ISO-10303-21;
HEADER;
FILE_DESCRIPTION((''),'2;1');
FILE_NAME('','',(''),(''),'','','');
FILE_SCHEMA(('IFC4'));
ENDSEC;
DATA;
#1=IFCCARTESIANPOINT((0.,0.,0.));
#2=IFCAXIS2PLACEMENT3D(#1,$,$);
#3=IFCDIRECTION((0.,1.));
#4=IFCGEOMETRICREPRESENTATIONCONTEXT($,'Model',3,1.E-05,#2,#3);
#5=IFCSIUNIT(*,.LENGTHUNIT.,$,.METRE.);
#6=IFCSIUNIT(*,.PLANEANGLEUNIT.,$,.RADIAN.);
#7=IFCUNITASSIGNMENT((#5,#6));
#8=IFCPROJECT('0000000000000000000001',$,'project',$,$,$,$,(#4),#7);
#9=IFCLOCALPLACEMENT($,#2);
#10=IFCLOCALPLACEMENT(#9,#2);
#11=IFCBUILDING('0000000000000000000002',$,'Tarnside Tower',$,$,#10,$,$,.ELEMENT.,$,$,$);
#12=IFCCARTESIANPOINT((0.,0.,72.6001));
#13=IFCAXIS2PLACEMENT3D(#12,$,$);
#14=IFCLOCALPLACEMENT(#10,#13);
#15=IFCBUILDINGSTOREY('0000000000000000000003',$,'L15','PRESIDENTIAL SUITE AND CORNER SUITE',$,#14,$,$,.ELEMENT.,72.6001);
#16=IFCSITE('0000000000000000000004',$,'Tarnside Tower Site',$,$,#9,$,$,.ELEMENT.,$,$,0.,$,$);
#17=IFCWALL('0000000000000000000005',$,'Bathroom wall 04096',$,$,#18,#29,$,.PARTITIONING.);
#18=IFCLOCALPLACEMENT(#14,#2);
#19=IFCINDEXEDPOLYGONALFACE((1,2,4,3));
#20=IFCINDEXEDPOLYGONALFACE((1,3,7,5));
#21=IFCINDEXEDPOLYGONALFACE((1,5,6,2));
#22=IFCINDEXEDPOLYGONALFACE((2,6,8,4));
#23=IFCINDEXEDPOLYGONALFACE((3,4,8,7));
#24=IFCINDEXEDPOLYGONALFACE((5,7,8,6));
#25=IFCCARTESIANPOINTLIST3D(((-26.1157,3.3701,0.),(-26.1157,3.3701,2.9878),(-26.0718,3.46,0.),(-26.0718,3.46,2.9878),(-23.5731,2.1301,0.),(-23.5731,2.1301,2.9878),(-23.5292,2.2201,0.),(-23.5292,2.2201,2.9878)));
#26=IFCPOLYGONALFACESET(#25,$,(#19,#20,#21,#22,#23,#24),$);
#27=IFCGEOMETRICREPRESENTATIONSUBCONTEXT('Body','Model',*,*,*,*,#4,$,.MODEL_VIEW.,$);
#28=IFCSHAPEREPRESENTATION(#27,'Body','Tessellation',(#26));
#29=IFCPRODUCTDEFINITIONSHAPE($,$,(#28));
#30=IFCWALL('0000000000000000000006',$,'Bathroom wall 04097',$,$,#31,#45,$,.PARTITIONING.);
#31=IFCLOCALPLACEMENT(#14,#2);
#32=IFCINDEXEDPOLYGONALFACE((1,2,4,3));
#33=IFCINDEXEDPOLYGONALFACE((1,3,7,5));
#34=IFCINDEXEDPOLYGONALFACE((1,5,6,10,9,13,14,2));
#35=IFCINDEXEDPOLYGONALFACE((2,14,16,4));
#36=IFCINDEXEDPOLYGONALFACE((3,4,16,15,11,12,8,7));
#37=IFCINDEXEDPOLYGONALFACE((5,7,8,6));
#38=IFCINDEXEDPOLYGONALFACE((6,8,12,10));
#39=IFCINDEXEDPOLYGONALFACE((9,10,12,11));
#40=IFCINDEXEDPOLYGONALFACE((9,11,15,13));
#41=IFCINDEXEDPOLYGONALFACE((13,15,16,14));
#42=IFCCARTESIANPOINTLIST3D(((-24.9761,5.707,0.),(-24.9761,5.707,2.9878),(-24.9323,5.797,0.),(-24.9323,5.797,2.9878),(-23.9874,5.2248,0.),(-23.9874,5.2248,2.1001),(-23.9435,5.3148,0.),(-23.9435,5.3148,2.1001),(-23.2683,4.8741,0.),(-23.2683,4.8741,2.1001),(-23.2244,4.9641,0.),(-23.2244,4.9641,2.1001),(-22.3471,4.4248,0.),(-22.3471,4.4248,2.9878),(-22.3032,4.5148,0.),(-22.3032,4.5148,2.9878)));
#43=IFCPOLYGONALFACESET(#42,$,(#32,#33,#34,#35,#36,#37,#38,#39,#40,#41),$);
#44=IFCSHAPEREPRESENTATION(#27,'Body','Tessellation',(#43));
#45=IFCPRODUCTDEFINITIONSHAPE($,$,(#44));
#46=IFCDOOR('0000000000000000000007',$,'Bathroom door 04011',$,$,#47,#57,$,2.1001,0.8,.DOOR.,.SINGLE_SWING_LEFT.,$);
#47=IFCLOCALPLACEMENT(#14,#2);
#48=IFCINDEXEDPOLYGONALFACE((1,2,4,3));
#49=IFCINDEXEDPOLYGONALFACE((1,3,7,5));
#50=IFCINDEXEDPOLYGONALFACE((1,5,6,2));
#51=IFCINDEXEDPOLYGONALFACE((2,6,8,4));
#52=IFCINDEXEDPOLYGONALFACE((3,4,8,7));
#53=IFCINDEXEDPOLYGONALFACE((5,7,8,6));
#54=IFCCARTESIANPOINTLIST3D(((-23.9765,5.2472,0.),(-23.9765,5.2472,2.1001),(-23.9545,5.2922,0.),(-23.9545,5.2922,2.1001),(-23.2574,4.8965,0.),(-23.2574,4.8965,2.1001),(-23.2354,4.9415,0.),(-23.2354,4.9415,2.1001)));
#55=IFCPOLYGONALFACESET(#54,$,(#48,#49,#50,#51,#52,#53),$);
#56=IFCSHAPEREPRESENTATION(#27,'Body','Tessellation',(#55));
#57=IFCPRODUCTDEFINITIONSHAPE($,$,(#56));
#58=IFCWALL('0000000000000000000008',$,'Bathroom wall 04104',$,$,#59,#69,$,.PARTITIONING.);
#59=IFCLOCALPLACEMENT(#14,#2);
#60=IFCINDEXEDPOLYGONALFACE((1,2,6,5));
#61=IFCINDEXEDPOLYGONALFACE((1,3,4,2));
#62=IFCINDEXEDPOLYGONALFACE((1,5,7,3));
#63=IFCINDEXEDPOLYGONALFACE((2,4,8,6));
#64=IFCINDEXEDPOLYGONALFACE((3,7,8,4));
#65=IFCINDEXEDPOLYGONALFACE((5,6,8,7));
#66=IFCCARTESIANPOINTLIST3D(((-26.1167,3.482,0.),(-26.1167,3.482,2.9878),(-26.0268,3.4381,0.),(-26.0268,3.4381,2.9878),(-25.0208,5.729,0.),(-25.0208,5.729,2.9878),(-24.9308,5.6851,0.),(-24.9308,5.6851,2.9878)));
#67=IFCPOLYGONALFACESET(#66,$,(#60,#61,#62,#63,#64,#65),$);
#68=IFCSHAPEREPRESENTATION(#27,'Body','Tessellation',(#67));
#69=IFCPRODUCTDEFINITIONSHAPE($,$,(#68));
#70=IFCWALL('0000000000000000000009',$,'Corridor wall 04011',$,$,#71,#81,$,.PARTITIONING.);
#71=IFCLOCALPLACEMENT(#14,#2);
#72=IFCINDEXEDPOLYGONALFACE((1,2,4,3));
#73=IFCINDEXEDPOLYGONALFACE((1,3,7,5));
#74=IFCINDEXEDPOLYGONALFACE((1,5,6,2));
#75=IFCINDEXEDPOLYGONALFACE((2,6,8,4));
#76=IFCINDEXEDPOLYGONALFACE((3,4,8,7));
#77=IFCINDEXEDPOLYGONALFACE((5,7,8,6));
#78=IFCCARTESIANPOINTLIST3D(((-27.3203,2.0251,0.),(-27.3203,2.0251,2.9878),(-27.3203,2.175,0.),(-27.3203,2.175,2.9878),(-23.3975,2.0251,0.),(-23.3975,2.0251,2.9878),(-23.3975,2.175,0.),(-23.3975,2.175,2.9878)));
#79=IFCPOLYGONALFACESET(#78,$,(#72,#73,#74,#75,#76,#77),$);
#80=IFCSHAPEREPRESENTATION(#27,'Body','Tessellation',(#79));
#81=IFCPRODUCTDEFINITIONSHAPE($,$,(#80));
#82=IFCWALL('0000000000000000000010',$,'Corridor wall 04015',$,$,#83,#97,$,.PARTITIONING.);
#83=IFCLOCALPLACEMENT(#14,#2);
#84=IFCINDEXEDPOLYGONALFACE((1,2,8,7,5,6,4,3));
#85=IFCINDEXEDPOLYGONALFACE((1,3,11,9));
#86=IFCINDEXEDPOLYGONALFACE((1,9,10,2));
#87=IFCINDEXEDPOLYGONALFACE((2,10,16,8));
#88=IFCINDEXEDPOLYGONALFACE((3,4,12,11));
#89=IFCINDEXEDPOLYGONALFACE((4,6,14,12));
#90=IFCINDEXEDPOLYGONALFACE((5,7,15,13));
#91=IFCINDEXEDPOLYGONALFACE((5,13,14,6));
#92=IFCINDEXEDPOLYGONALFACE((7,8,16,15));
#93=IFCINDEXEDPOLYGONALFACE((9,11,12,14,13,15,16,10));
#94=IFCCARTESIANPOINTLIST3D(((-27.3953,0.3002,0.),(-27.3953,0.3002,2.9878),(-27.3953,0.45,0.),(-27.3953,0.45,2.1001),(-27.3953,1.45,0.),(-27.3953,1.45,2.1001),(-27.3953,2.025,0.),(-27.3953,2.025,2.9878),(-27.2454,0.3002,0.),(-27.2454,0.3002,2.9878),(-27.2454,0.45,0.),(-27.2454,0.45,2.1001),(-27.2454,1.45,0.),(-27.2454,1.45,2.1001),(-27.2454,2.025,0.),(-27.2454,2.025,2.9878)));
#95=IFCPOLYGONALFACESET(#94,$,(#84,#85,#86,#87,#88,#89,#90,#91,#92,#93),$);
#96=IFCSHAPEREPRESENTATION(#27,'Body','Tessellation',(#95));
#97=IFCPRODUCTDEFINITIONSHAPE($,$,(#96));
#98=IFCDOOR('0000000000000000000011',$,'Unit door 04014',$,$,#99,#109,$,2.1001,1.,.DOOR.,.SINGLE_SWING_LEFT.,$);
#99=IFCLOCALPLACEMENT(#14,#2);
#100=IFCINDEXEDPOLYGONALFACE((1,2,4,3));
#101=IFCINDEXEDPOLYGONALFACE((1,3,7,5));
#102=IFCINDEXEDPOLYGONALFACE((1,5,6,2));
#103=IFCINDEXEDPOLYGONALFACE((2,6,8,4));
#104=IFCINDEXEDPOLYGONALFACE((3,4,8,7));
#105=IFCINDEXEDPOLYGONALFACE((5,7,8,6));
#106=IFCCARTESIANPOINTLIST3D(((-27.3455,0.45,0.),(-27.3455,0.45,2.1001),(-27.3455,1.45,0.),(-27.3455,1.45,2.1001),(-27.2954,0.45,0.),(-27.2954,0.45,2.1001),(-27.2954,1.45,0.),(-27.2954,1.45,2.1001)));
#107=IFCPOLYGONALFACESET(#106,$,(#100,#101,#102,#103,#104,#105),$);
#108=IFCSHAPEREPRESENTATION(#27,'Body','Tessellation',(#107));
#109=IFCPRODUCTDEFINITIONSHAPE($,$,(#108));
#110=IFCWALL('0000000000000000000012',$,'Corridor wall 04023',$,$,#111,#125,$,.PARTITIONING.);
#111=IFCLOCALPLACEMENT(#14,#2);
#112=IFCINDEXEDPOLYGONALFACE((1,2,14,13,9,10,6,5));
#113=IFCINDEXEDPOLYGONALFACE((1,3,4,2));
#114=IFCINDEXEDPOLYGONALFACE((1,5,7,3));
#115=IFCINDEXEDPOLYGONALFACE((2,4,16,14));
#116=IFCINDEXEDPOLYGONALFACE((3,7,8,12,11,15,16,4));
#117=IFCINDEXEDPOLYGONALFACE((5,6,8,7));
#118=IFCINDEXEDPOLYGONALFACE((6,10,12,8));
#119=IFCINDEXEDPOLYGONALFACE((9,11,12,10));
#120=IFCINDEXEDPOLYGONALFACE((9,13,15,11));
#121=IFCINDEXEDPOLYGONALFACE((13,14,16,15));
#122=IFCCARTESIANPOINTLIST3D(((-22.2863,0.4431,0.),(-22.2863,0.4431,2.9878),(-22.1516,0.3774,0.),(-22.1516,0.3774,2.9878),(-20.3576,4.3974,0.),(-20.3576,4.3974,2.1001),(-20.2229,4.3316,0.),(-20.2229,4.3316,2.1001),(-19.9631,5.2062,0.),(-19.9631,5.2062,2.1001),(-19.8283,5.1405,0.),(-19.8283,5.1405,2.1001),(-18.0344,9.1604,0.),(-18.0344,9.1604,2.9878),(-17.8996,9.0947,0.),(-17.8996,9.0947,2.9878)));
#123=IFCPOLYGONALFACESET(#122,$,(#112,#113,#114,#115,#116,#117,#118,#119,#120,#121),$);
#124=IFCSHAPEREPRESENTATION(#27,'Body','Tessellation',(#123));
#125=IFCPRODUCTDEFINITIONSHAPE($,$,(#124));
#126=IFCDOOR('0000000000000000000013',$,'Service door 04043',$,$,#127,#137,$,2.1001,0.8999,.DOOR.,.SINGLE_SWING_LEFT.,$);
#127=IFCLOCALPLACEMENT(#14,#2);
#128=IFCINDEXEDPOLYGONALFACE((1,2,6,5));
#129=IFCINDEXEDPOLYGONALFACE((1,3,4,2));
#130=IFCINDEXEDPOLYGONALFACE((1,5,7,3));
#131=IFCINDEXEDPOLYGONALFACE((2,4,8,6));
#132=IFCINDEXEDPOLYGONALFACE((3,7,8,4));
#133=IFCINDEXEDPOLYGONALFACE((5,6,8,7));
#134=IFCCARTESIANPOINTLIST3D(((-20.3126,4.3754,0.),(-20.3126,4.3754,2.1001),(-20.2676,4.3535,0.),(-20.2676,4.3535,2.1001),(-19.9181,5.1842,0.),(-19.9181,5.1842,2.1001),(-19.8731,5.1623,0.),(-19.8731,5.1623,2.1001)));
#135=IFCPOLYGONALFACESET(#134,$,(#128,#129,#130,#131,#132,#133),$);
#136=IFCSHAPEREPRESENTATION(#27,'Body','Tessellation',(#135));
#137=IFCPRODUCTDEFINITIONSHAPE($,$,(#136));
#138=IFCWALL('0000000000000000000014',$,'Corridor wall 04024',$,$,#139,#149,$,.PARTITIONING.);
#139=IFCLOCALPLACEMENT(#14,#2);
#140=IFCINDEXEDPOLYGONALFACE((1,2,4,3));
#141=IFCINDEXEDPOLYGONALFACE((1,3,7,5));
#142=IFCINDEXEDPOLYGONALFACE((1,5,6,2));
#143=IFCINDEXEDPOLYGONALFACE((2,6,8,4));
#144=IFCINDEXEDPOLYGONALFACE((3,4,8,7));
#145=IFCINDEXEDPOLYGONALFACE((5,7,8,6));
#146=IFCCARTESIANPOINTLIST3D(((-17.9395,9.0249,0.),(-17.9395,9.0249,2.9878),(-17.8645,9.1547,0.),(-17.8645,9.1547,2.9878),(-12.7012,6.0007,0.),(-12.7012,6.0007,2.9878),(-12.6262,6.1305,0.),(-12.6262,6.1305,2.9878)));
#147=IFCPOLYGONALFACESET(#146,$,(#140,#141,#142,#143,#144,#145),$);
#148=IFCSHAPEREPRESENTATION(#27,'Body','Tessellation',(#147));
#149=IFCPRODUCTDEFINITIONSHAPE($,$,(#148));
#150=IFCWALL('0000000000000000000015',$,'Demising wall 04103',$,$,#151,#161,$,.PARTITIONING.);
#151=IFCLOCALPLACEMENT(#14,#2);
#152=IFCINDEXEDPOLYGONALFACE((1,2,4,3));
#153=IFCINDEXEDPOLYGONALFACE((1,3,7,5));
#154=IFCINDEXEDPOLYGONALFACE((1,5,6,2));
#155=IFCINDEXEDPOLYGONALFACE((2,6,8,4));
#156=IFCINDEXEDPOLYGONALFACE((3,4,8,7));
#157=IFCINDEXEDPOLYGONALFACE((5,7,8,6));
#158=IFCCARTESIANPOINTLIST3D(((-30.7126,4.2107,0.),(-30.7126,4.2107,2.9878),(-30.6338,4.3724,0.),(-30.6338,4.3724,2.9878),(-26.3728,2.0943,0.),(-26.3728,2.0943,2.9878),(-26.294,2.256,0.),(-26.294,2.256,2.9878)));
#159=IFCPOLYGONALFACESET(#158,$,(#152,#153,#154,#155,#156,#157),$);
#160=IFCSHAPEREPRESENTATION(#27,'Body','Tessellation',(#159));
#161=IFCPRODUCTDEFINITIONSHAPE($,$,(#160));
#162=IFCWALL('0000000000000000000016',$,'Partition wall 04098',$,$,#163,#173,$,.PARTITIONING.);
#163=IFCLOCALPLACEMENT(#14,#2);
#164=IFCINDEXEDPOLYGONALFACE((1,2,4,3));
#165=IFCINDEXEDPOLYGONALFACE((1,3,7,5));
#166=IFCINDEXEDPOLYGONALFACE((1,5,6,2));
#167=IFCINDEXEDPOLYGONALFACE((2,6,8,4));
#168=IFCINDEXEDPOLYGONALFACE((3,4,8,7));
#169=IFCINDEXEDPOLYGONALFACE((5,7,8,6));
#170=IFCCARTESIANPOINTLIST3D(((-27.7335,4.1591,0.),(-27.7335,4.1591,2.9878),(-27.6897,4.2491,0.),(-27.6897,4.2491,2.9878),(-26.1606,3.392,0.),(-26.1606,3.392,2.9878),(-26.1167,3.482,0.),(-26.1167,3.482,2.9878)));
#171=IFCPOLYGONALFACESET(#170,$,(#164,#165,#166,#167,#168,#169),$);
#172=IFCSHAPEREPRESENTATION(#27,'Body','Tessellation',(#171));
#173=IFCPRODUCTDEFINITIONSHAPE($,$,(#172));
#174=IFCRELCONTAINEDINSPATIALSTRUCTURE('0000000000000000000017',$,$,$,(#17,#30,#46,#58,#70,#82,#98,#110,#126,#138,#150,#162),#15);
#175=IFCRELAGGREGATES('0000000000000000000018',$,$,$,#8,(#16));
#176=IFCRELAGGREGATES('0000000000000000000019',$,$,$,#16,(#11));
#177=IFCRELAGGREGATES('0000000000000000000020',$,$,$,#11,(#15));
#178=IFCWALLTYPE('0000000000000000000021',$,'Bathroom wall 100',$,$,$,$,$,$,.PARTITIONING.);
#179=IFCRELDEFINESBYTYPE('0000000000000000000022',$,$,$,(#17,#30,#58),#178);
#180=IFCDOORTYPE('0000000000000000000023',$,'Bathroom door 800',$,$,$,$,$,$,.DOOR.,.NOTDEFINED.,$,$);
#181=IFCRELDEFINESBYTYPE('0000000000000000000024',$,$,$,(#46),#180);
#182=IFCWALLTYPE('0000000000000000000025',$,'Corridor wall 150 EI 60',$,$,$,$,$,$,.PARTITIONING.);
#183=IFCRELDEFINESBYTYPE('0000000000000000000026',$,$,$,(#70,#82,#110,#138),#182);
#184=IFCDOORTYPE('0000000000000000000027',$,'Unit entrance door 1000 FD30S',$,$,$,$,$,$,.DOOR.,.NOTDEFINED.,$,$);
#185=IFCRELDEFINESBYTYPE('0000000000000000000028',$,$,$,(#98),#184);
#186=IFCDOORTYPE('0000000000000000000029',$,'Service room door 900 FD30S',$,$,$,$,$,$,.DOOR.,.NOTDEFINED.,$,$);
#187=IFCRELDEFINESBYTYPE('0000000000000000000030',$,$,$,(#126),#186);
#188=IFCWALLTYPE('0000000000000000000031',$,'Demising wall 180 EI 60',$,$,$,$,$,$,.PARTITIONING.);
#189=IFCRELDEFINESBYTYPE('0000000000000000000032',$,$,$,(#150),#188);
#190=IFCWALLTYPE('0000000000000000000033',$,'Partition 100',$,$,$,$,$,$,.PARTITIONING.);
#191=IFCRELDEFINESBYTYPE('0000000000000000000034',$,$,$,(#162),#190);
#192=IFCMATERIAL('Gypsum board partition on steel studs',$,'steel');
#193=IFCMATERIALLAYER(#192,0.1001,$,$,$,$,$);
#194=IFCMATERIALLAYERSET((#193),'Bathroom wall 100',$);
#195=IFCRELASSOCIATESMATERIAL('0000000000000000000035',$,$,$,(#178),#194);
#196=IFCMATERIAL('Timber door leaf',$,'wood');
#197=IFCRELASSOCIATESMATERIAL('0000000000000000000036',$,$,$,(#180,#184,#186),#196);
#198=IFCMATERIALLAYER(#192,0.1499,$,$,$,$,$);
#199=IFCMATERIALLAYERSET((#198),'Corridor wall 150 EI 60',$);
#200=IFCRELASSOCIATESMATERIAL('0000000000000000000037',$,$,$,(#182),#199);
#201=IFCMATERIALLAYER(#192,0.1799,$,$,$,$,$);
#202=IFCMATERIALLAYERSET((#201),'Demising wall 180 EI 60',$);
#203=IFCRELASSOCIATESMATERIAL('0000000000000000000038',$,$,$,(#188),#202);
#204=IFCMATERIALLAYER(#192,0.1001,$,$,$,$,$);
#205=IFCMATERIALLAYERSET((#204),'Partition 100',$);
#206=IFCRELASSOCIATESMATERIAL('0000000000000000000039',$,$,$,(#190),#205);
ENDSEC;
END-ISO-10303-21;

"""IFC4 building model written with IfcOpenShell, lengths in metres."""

from ifc_helpers import new_model, si_unit, direction, frame, frame_2d, origin, place, context, subcontext, project, spatial, rectangle, extrude, material, layer, layer_set, type_object, element, fill, save


model = new_model("IFC4")

# Units and contexts
model_context = context("Model", 3, precision=1e-05, world=origin(), true_north=direction((0.0, 1.0)))
body_context = subcontext(model_context, "Body", "Model", "MODEL_VIEW")
ifc_project = project(units=[si_unit("LENGTHUNIT", "METRE"), si_unit("PLANEANGLEUNIT", "RADIAN")], contexts=[model_context])

# Site, building, storey
site_placement = place(None, origin())
site = spatial("IfcSite", under=ifc_project, at=site_placement, Name="Tarnside Tower Site", CompositionType="ELEMENT", RefElevation=0.0)
building_placement = place(site_placement, origin())
building = spatial("IfcBuilding", under=site, at=building_placement, Name="Tarnside Tower", CompositionType="ELEMENT")
storey_placement = place(building_placement, frame((0.0, 0.0, 72.6001)))
storey = spatial("IfcBuildingStorey", under=building, at=storey_placement, Name="L15", Description="PRESIDENTIAL SUITE AND CORNER SUITE", CompositionType="ELEMENT", Elevation=72.6001)

# Wall
ifc_material_1 = material(Name="Gypsum board partition on steel studs", Category="steel")
ifc_layer_1 = layer(ifc_material_1, 0.1001)
ifc_layer_set_1 = layer_set([ifc_layer_1], Name="Bathroom wall 100")
wall_type_1 = type_object("IfcWallType", Name="Bathroom wall 100", PredefinedType="PARTITIONING", material=ifc_layer_set_1)
wall_1_placement = place(storey_placement, frame((-23.551, 2.175, 0.0), z_axis=(0.0, 0.0, 1.0), x_axis=(-0.898819, 0.43832, 0.0)))
element("IfcWall", 1, at=wall_1_placement, inside=storey, type_object=wall_type_1, Name="Bathroom wall 04096", PredefinedType="PARTITIONING", context=body_context, shape_type="SweptSolid", body=[
    extrude(rectangle(XDim=2.8289, YDim=0.1001, at=frame_2d((1.4146, 0.0))), origin(), (0.0, 0.0, 1.0), 2.9878),
])

# Wall, opening, door
wall_2_placement = place(storey_placement, frame((-24.9541, 5.752, 0.0), z_axis=(0.0, 0.0, 1.0), x_axis=(0.898807, -0.438345, 0.0)))
wall_2 = element("IfcWall", 2, at=wall_2_placement, inside=storey, type_object=wall_type_1, Name="Bathroom wall 04097", PredefinedType="PARTITIONING", context=body_context, shape_type="SweptSolid", body=[
    extrude(rectangle(XDim=2.925, YDim=0.1001, at=frame_2d((1.4624, 0.0))), origin(), (0.0, 0.0, 1.0), 2.9878),
])
opening_1_placement = place(wall_2_placement, frame((1.1001, 0.0, 0.0)))
opening_1 = element("IfcOpeningElement", 3, at=opening_1_placement, cuts=wall_2, PredefinedType="OPENING", context=body_context, shape_type="SweptSolid", body=[
    extrude(rectangle(XDim=0.8, YDim=2.1001, at=frame_2d((0.3999, 1.05))), frame((0.0, 0.0601, 0.0), z_axis=(0.0, -1.0, 0.0), x_axis=(1.0, 0.0, 0.0)), (0.0, 0.0, 1.0), 0.1201),
])
ifc_material_2 = material(Name="Timber door leaf", Category="wood")
door_type_1 = type_object("IfcDoorType", Name="Bathroom door 800", OperationType="NOTDEFINED", PredefinedType="DOOR", material=ifc_material_2)
door_1_placement = place(opening_1_placement, origin())
door_1 = element("IfcDoor", 4, at=door_1_placement, inside=storey, type_object=door_type_1, Name="Bathroom door 04011", OperationType="SINGLE_SWING_LEFT", OverallHeight=2.1001, OverallWidth=0.8, PredefinedType="DOOR", context=body_context, shape_type="SweptSolid", body=[
    extrude(rectangle(XDim=0.8, YDim=2.1001, at=frame_2d((0.3999, 1.05))), frame((0.0, 0.0249, 0.0), z_axis=(0.0, -1.0, 0.0), x_axis=(1.0, 0.0, 0.0)), (0.0, 0.0, 1.0), 0.05),
])
fill(opening_1, door_1)

# Walls
wall_3_placement = place(storey_placement, frame((-24.9758, 5.707, 0.0), z_axis=(0.0, 0.0, 1.0), x_axis=(-0.438364, -0.898798, 0.0)))
element("IfcWall", 5, at=wall_3_placement, inside=storey, type_object=wall_type_1, Name="Bathroom wall 04104", PredefinedType="PARTITIONING", context=body_context, shape_type="SweptSolid", body=[
    extrude(rectangle(XDim=2.5, YDim=0.1001, at=frame_2d((1.25, 0.0))), origin(), (0.0, 0.0, 1.0), 2.9878),
])
ifc_layer_2 = layer(ifc_material_1, 0.1499)
ifc_layer_set_2 = layer_set([ifc_layer_2], Name="Corridor wall 150 EI 60")
wall_type_2 = type_object("IfcWallType", Name="Corridor wall 150 EI 60", PredefinedType="PARTITIONING", material=ifc_layer_set_2)
wall_4_placement = place(storey_placement, frame((-23.3975, 2.1001, 0.0), z_axis=(0.0, 0.0, 1.0), x_axis=(-1.0, 0.0, 0.0)))
element("IfcWall", 6, at=wall_4_placement, inside=storey, type_object=wall_type_2, Name="Corridor wall 04011", PredefinedType="PARTITIONING", context=body_context, shape_type="SweptSolid", body=[
    extrude(rectangle(XDim=3.9229, YDim=0.1499, at=frame_2d((1.9614, 0.0))), origin(), (0.0, 0.0, 1.0), 2.9878),
])

# Walls, openings, doors
wall_5_placement = place(storey_placement, frame((-27.3203, 2.0249, 0.0), z_axis=(0.0, 0.0, 1.0), x_axis=(0.0, -1.0, 0.0)))
wall_5 = element("IfcWall", 7, at=wall_5_placement, inside=storey, type_object=wall_type_2, Name="Corridor wall 04015", PredefinedType="PARTITIONING", context=body_context, shape_type="SweptSolid", body=[
    extrude(rectangle(XDim=1.7249, YDim=0.1499, at=frame_2d((0.8623, 0.0))), origin(), (0.0, 0.0, 1.0), 2.9878),
])
opening_2_placement = place(wall_5_placement, frame((0.575, 0.0, 0.0)))
opening_2 = element("IfcOpeningElement", 8, at=opening_2_placement, cuts=wall_5, PredefinedType="OPENING", context=body_context, shape_type="SweptSolid", body=[
    extrude(rectangle(XDim=1.0, YDim=2.1001, at=frame_2d((0.5, 1.05))), frame((0.0, 0.085, 0.0), z_axis=(0.0, -1.0, 0.0), x_axis=(1.0, 0.0, 0.0)), (0.0, 0.0, 1.0), 0.1699),
])
door_type_2 = type_object("IfcDoorType", Name="Unit entrance door 1000 FD30S", OperationType="NOTDEFINED", PredefinedType="DOOR", material=ifc_material_2)
door_2_placement = place(opening_2_placement, origin())
door_2 = element("IfcDoor", 9, at=door_2_placement, inside=storey, type_object=door_type_2, Name="Unit door 04014", OperationType="SINGLE_SWING_LEFT", OverallHeight=2.1001, OverallWidth=1.0, PredefinedType="DOOR", context=body_context, shape_type="SweptSolid", body=[
    extrude(rectangle(XDim=1.0, YDim=2.1001, at=frame_2d((0.5, 1.05))), frame((0.0, 0.0249, 0.0), z_axis=(0.0, -1.0, 0.0), x_axis=(1.0, 0.0, 0.0)), (0.0, 0.0, 1.0), 0.05),
])
fill(opening_2, door_2)
wall_6_placement = place(storey_placement, frame((-22.219, 0.4102, 0.0), z_axis=(0.0, 0.0, 1.0), x_axis=(0.438392, 0.898784, 0.0)))
wall_6 = element("IfcWall", 10, at=wall_6_placement, inside=storey, type_object=wall_type_2, Name="Corridor wall 04023", PredefinedType="PARTITIONING", context=body_context, shape_type="SweptSolid", body=[
    extrude(rectangle(XDim=9.699, YDim=0.1499, at=frame_2d((4.8496, 0.0))), origin(), (0.0, 0.0, 1.0), 2.9878),
])
opening_3_placement = place(wall_6_placement, frame((4.3997, 0.0, 0.0)))
opening_3 = element("IfcOpeningElement", 11, at=opening_3_placement, cuts=wall_6, PredefinedType="OPENING", context=body_context, shape_type="SweptSolid", body=[
    extrude(rectangle(XDim=0.8999, YDim=2.1001, at=frame_2d((0.45, 1.05))), frame((0.0, 0.085, 0.0), z_axis=(0.0, -1.0, 0.0), x_axis=(1.0, 0.0, 0.0)), (0.0, 0.0, 1.0), 0.1699),
])
door_type_3 = type_object("IfcDoorType", Name="Service room door 900 FD30S", OperationType="NOTDEFINED", PredefinedType="DOOR", material=ifc_material_2)
door_3_placement = place(opening_3_placement, origin())
door_3 = element("IfcDoor", 12, at=door_3_placement, inside=storey, type_object=door_type_3, Name="Service door 04043", OperationType="SINGLE_SWING_LEFT", OverallHeight=2.1001, OverallWidth=0.8999, PredefinedType="DOOR", context=body_context, shape_type="SweptSolid", body=[
    extrude(rectangle(XDim=0.8999, YDim=2.1001, at=frame_2d((0.45, 1.05))), frame((0.0, 0.0249, 0.0), z_axis=(0.0, -1.0, 0.0), x_axis=(1.0, 0.0, 0.0)), (0.0, 0.0, 1.0), 0.05),
])
fill(opening_3, door_3)

# Walls
wall_7_placement = place(storey_placement, frame((-17.9021, 9.0898, 0.0), z_axis=(0.0, 0.0, 1.0), x_axis=(0.866036, -0.499981, 0.0)))
element("IfcWall", 13, at=wall_7_placement, inside=storey, type_object=wall_type_2, Name="Corridor wall 04024", PredefinedType="PARTITIONING", context=body_context, shape_type="SweptSolid", body=[
    extrude(rectangle(XDim=6.0486, YDim=0.1499, at=frame_2d((3.0244, 0.0))), origin(), (0.0, 0.0, 1.0), 2.9878),
])
ifc_layer_3 = layer(ifc_material_1, 0.1799)
ifc_layer_set_3 = layer_set([ifc_layer_3], Name="Demising wall 180 EI 60")
wall_type_3 = type_object("IfcWallType", Name="Demising wall 180 EI 60", PredefinedType="PARTITIONING", material=ifc_layer_set_3)
wall_8_placement = place(storey_placement, frame((-30.6731, 4.2915, 0.0), z_axis=(0.0, 0.0, 1.0), x_axis=(0.898813, -0.438333, 0.0)))
element("IfcWall", 14, at=wall_8_placement, inside=storey, type_object=wall_type_3, Name="Demising wall 04103", PredefinedType="PARTITIONING", context=body_context, shape_type="SweptSolid", body=[
    extrude(rectangle(XDim=4.8284, YDim=0.1799, at=frame_2d((2.4141, 0.0))), origin(), (0.0, 0.0, 1.0), 2.9878),
])
ifc_layer_4 = layer(ifc_material_1, 0.1001)
ifc_layer_set_4 = layer_set([ifc_layer_4], Name="Partition 100")
wall_type_4 = type_object("IfcWallType", Name="Partition 100", PredefinedType="PARTITIONING", material=ifc_layer_set_4)
wall_9_placement = place(storey_placement, frame((-26.1387, 3.437, 0.0), z_axis=(0.0, 0.0, 1.0), x_axis=(-0.898819, 0.438319, 0.0)))
element("IfcWall", 15, at=wall_9_placement, inside=storey, type_object=wall_type_4, Name="Partition wall 04098", PredefinedType="PARTITIONING", context=body_context, shape_type="SweptSolid", body=[
    extrude(rectangle(XDim=1.75, YDim=0.1001, at=frame_2d((0.875, 0.0))), origin(), (0.0, 0.0, 1.0), 2.9878),
])

save(model, "model.ifc")
